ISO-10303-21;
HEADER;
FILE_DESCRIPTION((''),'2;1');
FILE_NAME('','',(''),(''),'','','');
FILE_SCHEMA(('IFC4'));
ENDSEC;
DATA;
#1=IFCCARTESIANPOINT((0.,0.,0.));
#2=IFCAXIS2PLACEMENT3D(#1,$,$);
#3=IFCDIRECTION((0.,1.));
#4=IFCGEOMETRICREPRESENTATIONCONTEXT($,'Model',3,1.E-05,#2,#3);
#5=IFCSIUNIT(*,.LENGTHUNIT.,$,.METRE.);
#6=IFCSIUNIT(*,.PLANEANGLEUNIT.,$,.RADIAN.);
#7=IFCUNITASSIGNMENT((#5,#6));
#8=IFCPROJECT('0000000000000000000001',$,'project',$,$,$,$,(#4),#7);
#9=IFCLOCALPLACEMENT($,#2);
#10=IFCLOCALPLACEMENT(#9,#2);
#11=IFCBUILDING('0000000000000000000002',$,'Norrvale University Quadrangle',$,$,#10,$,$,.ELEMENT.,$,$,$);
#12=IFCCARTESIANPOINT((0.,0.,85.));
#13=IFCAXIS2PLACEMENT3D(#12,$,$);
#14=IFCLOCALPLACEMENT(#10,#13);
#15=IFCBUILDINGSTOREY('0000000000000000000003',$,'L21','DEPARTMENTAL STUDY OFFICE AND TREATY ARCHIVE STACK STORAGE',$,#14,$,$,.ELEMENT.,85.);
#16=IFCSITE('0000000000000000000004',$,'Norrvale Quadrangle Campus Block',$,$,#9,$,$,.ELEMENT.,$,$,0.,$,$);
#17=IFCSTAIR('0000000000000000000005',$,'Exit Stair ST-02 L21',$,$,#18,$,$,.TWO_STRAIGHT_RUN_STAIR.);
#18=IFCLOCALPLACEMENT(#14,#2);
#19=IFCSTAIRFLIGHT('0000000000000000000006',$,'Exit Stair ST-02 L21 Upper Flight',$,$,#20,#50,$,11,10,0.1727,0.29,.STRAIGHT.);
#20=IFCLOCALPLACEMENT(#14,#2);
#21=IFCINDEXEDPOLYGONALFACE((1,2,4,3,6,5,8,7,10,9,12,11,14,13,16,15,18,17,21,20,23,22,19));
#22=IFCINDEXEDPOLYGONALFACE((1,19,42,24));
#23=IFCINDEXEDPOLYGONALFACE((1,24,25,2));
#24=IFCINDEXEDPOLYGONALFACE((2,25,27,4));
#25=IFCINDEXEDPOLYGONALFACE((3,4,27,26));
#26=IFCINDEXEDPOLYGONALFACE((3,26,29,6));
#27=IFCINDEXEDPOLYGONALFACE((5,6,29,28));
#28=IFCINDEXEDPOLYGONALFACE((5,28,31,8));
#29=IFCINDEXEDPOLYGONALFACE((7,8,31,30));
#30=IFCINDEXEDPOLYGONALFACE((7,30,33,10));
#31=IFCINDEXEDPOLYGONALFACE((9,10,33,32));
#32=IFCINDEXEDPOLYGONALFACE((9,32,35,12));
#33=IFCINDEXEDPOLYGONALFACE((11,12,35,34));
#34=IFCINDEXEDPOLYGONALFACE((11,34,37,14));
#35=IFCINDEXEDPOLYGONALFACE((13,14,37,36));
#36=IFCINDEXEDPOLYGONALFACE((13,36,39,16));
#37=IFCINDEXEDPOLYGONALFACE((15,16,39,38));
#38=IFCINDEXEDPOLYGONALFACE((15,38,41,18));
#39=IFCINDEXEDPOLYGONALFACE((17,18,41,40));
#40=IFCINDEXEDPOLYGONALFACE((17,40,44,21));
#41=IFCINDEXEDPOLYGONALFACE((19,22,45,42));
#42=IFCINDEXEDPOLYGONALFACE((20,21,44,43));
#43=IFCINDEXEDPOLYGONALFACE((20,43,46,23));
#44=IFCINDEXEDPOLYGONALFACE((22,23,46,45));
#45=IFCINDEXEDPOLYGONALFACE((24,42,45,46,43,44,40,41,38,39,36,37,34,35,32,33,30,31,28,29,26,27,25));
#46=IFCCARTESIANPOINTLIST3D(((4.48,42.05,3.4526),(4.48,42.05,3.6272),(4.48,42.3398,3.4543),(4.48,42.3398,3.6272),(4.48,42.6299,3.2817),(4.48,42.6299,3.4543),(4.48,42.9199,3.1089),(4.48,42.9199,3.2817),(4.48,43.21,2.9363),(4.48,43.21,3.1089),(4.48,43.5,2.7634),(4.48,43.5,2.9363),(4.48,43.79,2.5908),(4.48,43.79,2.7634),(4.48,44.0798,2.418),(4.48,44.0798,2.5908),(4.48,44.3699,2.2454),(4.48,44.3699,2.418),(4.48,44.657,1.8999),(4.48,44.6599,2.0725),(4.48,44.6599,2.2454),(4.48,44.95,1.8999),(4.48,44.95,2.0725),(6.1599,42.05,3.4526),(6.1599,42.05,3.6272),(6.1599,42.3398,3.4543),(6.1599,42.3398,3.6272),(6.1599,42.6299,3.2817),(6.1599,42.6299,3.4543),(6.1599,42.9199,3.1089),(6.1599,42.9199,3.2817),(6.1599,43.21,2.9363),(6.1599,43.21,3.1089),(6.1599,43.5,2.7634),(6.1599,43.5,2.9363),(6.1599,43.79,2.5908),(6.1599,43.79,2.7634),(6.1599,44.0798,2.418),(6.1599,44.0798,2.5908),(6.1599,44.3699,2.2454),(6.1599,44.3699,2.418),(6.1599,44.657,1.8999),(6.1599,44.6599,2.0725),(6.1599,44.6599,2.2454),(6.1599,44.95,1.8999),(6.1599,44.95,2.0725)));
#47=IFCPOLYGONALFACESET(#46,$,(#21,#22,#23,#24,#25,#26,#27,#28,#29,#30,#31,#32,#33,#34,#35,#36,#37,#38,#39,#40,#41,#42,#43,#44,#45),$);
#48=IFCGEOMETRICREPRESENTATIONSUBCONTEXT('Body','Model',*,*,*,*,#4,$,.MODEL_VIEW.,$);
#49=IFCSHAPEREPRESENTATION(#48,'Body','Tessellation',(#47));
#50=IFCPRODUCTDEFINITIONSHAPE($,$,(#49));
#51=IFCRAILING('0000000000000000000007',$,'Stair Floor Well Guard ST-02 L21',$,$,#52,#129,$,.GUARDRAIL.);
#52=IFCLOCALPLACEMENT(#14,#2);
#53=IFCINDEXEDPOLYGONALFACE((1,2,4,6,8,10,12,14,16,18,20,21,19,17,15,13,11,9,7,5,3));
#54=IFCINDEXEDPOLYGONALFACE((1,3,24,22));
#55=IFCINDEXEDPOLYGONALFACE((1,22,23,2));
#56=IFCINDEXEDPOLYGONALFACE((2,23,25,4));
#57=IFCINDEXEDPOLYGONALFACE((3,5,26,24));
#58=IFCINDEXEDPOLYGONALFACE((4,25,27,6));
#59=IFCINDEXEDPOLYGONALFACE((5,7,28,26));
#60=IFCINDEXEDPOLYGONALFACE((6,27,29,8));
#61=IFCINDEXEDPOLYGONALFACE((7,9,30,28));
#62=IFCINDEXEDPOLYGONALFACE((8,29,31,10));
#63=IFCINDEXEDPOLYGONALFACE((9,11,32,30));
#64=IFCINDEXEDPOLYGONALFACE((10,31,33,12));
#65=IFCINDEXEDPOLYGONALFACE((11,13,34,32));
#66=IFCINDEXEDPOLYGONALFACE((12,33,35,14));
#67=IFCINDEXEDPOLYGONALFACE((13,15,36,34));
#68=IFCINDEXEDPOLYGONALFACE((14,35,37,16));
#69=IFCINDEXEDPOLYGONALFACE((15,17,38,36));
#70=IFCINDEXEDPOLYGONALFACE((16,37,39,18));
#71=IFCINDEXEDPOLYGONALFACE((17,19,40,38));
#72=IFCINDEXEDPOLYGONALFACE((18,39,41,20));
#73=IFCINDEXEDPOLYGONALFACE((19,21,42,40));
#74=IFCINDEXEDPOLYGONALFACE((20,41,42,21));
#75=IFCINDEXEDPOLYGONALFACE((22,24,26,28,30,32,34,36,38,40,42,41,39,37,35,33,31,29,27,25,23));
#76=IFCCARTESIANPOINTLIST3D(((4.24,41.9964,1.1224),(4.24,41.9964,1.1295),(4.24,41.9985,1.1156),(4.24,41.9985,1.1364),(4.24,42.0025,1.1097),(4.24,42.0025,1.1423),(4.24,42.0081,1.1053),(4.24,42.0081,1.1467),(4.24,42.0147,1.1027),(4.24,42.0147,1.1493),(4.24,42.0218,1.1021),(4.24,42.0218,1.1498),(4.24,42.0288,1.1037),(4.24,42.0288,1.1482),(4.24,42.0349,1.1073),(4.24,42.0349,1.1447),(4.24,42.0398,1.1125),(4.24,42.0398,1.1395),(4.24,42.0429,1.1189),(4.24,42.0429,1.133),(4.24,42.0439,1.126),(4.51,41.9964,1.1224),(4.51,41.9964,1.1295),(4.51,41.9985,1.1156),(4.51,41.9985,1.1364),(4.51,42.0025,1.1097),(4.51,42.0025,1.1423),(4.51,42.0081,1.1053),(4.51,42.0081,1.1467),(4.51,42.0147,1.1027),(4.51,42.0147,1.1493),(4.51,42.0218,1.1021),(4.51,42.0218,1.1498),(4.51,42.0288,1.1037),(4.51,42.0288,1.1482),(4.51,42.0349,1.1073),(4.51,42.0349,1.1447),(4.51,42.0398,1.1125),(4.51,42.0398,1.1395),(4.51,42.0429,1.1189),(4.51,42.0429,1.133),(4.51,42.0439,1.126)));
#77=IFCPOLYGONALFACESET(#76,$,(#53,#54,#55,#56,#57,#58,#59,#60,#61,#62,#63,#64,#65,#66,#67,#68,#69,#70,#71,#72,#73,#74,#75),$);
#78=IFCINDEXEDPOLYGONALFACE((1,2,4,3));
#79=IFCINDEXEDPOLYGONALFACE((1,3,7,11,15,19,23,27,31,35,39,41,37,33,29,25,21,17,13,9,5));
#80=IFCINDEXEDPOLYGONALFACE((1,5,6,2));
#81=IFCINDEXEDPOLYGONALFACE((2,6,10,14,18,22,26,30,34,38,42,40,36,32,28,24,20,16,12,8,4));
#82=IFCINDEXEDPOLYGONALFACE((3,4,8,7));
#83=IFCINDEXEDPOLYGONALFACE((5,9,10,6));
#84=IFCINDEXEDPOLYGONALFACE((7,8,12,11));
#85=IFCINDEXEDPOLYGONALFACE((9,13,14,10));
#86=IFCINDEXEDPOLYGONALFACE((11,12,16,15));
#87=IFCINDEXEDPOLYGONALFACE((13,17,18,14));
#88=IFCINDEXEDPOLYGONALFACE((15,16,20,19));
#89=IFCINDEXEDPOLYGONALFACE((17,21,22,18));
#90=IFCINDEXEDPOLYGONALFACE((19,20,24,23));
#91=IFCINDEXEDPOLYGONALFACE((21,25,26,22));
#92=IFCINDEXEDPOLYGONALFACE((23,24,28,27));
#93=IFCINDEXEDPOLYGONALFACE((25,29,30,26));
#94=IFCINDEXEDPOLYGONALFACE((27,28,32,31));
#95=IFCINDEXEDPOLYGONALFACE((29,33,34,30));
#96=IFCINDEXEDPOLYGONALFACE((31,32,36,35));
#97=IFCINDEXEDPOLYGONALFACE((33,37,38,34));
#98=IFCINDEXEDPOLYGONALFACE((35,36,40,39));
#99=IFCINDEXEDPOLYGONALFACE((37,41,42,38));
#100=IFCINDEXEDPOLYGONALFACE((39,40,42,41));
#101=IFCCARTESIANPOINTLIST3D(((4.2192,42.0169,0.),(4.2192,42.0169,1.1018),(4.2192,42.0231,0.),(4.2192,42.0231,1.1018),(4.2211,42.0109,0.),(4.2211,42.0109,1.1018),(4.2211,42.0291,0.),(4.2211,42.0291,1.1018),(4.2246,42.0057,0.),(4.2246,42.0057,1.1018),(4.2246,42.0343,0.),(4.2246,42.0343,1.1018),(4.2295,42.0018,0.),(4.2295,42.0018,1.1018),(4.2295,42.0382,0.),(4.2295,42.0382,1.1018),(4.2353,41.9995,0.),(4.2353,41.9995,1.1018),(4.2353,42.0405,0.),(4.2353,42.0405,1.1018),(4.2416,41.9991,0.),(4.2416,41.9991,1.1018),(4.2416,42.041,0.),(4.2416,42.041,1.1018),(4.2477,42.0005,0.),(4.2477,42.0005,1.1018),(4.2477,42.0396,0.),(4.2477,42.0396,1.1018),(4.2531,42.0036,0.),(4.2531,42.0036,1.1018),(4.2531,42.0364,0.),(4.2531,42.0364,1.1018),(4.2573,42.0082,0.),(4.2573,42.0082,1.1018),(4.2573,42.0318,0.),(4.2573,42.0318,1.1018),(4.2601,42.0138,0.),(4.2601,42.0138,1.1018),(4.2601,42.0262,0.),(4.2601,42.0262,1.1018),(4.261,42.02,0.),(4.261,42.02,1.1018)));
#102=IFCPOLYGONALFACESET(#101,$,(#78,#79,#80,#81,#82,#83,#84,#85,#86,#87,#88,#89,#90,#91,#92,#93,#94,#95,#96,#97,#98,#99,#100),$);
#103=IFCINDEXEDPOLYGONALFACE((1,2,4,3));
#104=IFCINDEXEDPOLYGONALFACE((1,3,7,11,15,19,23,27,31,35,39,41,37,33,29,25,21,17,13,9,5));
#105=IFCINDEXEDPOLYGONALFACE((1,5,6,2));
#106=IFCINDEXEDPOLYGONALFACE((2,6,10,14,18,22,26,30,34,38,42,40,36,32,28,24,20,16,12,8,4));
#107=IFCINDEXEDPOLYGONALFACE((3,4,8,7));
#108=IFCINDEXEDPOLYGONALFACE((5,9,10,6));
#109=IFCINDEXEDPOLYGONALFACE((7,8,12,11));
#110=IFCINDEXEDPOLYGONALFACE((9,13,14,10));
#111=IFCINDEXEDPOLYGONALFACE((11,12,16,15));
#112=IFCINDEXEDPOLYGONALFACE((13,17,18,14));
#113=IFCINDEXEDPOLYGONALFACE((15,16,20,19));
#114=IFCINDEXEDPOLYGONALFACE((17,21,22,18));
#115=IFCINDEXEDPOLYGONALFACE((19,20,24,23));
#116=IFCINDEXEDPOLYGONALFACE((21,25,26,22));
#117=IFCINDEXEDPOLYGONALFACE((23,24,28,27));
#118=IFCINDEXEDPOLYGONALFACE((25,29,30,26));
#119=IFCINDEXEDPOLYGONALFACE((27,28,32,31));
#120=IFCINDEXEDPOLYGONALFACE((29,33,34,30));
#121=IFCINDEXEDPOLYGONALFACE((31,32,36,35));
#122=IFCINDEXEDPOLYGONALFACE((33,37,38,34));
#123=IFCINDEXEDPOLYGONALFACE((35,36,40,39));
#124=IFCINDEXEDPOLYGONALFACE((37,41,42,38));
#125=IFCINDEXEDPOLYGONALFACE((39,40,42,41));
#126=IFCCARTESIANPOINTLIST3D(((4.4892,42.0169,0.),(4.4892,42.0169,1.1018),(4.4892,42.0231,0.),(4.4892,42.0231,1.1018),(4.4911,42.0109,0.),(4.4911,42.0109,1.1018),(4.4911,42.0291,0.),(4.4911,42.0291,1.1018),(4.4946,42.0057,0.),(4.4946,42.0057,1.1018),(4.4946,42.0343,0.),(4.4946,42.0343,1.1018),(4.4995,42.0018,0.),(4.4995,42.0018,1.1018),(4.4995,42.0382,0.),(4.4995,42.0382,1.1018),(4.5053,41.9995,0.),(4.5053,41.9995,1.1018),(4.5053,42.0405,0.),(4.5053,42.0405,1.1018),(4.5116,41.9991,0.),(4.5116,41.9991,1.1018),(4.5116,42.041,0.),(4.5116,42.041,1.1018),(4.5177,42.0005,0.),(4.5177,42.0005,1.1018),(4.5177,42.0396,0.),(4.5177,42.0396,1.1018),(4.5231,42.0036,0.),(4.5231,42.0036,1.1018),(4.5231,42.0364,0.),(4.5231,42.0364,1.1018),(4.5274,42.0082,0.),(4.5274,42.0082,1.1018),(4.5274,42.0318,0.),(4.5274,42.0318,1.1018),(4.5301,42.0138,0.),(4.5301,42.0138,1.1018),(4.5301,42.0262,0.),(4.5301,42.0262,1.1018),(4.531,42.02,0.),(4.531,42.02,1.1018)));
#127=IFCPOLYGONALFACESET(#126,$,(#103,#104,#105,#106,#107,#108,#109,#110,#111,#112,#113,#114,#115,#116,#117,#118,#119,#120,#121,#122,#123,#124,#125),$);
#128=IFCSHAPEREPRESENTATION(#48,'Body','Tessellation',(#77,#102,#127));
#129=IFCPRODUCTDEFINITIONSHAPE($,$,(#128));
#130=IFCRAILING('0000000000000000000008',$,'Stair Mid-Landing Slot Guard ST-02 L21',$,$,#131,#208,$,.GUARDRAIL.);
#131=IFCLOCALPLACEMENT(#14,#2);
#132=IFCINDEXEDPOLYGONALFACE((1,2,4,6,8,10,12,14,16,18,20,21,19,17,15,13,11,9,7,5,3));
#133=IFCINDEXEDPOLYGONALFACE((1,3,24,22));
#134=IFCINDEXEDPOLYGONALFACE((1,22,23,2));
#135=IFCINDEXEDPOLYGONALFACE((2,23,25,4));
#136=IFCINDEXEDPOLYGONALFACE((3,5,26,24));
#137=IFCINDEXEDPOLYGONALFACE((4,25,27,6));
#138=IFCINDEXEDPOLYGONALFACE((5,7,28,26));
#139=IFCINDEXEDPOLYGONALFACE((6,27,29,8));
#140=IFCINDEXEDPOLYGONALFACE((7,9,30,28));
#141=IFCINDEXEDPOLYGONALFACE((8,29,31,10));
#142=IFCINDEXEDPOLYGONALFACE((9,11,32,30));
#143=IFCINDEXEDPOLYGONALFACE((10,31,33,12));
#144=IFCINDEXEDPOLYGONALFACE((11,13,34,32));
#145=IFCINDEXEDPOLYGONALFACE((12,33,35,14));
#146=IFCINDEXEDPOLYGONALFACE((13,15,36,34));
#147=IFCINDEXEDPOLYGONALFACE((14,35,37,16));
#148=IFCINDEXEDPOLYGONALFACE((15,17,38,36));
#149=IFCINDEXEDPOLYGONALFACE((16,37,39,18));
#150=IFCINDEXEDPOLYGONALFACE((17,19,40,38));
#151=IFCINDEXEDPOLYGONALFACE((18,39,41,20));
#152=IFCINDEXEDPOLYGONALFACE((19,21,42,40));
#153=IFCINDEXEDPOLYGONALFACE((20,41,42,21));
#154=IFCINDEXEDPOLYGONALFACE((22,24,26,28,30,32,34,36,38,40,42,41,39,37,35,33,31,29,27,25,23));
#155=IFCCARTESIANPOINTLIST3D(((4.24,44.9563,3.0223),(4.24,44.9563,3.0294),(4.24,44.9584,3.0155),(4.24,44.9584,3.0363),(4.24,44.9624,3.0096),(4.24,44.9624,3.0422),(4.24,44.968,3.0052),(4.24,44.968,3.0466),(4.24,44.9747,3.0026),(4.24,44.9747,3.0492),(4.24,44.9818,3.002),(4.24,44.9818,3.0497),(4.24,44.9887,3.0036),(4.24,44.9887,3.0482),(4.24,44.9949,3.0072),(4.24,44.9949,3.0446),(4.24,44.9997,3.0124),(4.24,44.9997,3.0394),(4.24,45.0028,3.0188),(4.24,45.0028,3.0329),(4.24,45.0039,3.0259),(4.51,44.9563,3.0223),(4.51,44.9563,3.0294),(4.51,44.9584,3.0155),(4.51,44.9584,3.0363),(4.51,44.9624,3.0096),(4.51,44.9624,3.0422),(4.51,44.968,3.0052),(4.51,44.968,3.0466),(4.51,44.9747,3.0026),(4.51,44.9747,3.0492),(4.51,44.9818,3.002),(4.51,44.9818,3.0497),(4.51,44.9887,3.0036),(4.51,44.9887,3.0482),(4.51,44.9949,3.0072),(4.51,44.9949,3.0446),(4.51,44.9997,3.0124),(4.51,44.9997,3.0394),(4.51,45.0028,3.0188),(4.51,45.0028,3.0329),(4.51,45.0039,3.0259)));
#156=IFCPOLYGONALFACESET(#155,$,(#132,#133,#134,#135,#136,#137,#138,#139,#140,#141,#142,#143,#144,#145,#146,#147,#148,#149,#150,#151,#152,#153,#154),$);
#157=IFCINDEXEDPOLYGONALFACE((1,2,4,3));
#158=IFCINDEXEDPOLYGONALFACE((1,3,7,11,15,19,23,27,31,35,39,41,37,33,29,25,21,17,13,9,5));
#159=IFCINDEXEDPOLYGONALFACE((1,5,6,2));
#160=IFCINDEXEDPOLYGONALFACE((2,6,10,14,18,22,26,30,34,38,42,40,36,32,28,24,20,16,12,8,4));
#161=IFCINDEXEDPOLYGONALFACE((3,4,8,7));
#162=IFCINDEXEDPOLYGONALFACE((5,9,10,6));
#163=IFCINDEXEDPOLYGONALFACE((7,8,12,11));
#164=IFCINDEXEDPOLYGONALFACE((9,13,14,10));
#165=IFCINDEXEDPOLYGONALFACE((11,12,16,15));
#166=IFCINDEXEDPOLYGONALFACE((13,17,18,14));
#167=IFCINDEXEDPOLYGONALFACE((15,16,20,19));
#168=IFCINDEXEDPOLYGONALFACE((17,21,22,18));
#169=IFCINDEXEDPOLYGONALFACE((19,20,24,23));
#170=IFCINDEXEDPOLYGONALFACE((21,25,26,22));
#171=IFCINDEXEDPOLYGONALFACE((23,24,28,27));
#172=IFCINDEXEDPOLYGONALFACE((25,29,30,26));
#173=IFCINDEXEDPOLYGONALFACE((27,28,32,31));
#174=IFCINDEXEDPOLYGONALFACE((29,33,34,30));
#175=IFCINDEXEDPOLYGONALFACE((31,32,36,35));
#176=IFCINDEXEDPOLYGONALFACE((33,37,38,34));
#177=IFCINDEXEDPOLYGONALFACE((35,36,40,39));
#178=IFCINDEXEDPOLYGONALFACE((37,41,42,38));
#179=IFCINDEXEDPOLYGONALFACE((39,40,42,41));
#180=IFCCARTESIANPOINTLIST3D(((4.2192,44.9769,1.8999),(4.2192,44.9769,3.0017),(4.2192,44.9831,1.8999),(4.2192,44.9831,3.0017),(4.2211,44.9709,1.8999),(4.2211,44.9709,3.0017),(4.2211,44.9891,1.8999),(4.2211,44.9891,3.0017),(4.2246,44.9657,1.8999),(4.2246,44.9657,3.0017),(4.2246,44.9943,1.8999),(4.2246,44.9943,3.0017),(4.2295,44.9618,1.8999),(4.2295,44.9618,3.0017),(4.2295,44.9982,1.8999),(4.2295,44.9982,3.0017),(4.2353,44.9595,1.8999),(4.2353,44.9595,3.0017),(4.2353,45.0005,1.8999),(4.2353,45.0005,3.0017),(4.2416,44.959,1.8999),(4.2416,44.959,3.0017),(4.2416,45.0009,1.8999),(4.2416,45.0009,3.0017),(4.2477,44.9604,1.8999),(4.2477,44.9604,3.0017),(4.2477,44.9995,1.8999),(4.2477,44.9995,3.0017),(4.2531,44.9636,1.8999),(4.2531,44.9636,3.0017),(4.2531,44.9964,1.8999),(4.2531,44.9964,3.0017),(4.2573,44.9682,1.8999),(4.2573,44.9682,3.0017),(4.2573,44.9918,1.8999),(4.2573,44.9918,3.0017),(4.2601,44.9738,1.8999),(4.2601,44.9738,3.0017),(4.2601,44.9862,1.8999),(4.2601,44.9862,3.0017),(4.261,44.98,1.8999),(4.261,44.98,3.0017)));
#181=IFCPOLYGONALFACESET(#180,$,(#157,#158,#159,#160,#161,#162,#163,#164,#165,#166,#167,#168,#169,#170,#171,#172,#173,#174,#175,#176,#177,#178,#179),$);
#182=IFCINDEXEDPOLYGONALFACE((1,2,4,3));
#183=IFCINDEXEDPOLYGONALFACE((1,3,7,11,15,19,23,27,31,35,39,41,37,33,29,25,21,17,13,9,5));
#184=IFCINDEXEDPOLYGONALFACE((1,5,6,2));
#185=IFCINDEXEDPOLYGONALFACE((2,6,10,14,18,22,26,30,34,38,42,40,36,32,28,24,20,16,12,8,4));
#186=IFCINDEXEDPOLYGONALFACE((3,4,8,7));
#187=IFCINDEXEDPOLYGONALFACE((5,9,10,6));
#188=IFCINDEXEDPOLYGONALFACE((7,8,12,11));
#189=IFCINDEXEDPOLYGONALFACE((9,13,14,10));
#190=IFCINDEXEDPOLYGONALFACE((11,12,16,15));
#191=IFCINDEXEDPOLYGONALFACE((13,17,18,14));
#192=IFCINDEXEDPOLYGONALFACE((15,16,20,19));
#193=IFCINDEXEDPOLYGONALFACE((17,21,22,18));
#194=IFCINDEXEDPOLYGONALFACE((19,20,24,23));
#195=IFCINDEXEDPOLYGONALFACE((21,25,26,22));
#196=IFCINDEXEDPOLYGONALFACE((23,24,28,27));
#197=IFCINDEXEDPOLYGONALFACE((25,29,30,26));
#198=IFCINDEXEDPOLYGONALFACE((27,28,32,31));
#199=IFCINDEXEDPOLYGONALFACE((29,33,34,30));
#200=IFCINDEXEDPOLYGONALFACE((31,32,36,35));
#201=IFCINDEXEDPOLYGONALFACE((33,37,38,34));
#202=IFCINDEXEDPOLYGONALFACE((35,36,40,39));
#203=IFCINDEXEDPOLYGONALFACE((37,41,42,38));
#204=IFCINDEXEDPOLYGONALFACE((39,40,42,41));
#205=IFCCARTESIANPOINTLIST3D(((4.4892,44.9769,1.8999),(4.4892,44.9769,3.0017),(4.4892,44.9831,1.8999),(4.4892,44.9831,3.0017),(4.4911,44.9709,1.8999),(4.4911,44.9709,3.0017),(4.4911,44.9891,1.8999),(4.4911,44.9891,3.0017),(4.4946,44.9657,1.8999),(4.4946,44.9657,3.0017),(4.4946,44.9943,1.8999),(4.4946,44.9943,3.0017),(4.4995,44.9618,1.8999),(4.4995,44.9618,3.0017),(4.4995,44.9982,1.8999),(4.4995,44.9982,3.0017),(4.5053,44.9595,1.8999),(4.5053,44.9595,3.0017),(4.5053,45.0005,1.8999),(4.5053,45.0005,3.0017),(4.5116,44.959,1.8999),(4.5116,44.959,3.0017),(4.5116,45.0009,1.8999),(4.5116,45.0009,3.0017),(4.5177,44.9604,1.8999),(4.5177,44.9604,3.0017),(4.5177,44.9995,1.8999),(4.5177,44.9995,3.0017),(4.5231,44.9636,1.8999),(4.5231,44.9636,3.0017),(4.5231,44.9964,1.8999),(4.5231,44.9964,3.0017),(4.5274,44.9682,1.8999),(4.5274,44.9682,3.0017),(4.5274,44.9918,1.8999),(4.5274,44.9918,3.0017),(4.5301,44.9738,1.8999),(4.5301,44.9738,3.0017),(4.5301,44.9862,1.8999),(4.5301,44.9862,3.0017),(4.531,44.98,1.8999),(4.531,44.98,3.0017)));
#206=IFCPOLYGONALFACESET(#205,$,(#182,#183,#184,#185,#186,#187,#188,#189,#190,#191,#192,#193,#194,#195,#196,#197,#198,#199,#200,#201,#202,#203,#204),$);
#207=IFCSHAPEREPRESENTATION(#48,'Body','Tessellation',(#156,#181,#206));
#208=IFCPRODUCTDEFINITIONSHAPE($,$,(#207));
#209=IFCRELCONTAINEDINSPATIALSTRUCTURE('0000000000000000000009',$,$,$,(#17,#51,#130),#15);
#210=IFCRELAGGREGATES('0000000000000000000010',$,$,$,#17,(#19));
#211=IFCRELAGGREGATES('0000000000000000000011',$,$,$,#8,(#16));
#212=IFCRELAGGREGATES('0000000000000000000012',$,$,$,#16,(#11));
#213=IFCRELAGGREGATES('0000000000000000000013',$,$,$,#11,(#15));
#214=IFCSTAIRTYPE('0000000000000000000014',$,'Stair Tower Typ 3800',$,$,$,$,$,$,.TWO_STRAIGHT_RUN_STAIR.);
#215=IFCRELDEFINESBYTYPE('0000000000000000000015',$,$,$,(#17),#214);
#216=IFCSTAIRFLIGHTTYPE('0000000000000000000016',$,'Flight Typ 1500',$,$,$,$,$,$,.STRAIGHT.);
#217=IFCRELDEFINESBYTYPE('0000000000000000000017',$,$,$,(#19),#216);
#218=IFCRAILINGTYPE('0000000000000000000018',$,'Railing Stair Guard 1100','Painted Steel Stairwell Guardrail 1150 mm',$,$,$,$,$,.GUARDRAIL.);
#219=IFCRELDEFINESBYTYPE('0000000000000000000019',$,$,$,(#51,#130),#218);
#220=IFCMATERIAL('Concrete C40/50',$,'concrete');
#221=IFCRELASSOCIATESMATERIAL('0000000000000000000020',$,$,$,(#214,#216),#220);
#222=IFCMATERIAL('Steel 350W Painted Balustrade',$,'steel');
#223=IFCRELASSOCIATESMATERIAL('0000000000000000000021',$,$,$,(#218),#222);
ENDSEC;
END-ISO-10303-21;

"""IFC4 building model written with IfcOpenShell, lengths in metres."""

from ifc_helpers import new_model, si_unit, direction, frame, origin, origin_2d, place, context, subcontext, project, spatial, polyline, circle, outline, extrude, material, type_object, element, aggregate, save


model = new_model("IFC4")

# Units and contexts
model_context = context("Model", 3, precision=1e-05, world=origin(), true_north=direction((0.0, 1.0)))
body_context = subcontext(model_context, "Body", "Model", "MODEL_VIEW")
ifc_project = project(units=[si_unit("LENGTHUNIT", "METRE"), si_unit("PLANEANGLEUNIT", "RADIAN")], contexts=[model_context])

# Site, building, storey
site_placement = place(None, origin())
site = spatial("IfcSite", under=ifc_project, at=site_placement, Name="Norrvale Quadrangle Campus Block", CompositionType="ELEMENT", RefElevation=0.0)
building_placement = place(site_placement, origin())
building = spatial("IfcBuilding", under=site, at=building_placement, Name="Norrvale University Quadrangle", CompositionType="ELEMENT")
storey_placement = place(building_placement, frame((0.0, 0.0, 85.0)))
storey = spatial("IfcBuildingStorey", under=building, at=storey_placement, Name="L21", Description="DEPARTMENTAL STUDY OFFICE AND TREATY ARCHIVE STACK STORAGE", CompositionType="ELEMENT", Elevation=85.0)

# Stair, stair flight
ifc_material_1 = material(Name="Concrete C40/50", Category="concrete")
stair_type = type_object("IfcStairType", Name="Stair Tower Typ 3800", PredefinedType="TWO_STRAIGHT_RUN_STAIR", material=ifc_material_1)
stair_placement = place(storey_placement, origin())
stair = element("IfcStair", 1, at=stair_placement, inside=storey, type_object=stair_type, Name="Exit Stair ST-02 L21", PredefinedType="TWO_STRAIGHT_RUN_STAIR")
stair_flight_type = type_object("IfcStairFlightType", Name="Flight Typ 1500", PredefinedType="STRAIGHT", material=ifc_material_1)
stair_flight_1_placement = place(storey_placement, frame((5.3201, 44.95, 1.8999), z_axis=(0.0, 0.0, 1.0), x_axis=(0.0, -1.0, 0.0)))
stair_flight_1 = element("IfcStairFlight", 2, at=stair_flight_1_placement, type_object=stair_flight_type, Name="Exit Stair ST-02 L21 Upper Flight", NumberOfRisers=11, NumberOfTreads=10, PredefinedType="STRAIGHT", RiserHeight=0.1727, TreadLength=0.29, context=body_context, shape_type="SweptSolid", body=[
    extrude(outline(polyline([(0.0, 0.0), (0.0, 0.1726), (0.29, 0.1726), (0.29, 0.3455), (0.5801, 0.3455), (0.5801, 0.5181), (0.8701, 0.5181), (0.8701, 0.6909), (1.1599, 0.6909), (1.1599, 0.8635), (1.45, 0.8635), (1.45, 1.0364), (1.74, 1.0364), (1.74, 1.209), (2.03, 1.209), (2.03, 1.3818), (2.3201, 1.3818), (2.3201, 1.5544), (2.6101, 1.5544), (2.6101, 1.7273), (2.8999, 1.7273), (2.8999, 1.8999), (2.8999, 1.5527), (0.293, 0.0), (0.0, 0.0)])), frame((0.0, 0.8398, 0.0), z_axis=(0.0, -1.0, 0.0), x_axis=(1.0, 0.0, 0.0)), (0.0, 0.0, 1.0), 1.6799),
])
aggregate(stair, [stair_flight_1])

# Railings
ifc_material_2 = material(Name="Steel 350W Painted Balustrade", Category="steel")
railing_type_1 = type_object("IfcRailingType", Name="Railing Stair Guard 1100", Description="Painted Steel Stairwell Guardrail 1150 mm", PredefinedType="GUARDRAIL", material=ifc_material_2)
for number, where, name in (
    (3, (4.24, 42.02, 0.0), "Stair Floor Well Guard ST-02 L21"),
    (4, (4.24, 44.98, 1.8999), "Stair Mid-Landing Slot Guard ST-02 L21"),
):
    element("IfcRailing", number, at=place(storey_placement, frame(where)), inside=storey, type_object=railing_type_1, Name=name, PredefinedType="GUARDRAIL", context=body_context, shape_type="SweptSolid", body=[
        extrude(circle(Radius=0.0239, at=origin_2d()), frame((0.0, 0.0, 1.126), z_axis=(1.0, 0.0, 0.0), x_axis=(0.0, 1.0, 0.0)), (0.0, 0.0, 1.0), 0.27),
        extrude(circle(Radius=0.021, at=origin_2d()), origin(), (0.0, 0.0, 1.0), 1.1018),
        extrude(circle(Radius=0.021, at=origin_2d()), frame((0.27, 0.0, 0.0)), (0.0, 0.0, 1.0), 1.1018),
    ])

save(model, "model.ifc")
